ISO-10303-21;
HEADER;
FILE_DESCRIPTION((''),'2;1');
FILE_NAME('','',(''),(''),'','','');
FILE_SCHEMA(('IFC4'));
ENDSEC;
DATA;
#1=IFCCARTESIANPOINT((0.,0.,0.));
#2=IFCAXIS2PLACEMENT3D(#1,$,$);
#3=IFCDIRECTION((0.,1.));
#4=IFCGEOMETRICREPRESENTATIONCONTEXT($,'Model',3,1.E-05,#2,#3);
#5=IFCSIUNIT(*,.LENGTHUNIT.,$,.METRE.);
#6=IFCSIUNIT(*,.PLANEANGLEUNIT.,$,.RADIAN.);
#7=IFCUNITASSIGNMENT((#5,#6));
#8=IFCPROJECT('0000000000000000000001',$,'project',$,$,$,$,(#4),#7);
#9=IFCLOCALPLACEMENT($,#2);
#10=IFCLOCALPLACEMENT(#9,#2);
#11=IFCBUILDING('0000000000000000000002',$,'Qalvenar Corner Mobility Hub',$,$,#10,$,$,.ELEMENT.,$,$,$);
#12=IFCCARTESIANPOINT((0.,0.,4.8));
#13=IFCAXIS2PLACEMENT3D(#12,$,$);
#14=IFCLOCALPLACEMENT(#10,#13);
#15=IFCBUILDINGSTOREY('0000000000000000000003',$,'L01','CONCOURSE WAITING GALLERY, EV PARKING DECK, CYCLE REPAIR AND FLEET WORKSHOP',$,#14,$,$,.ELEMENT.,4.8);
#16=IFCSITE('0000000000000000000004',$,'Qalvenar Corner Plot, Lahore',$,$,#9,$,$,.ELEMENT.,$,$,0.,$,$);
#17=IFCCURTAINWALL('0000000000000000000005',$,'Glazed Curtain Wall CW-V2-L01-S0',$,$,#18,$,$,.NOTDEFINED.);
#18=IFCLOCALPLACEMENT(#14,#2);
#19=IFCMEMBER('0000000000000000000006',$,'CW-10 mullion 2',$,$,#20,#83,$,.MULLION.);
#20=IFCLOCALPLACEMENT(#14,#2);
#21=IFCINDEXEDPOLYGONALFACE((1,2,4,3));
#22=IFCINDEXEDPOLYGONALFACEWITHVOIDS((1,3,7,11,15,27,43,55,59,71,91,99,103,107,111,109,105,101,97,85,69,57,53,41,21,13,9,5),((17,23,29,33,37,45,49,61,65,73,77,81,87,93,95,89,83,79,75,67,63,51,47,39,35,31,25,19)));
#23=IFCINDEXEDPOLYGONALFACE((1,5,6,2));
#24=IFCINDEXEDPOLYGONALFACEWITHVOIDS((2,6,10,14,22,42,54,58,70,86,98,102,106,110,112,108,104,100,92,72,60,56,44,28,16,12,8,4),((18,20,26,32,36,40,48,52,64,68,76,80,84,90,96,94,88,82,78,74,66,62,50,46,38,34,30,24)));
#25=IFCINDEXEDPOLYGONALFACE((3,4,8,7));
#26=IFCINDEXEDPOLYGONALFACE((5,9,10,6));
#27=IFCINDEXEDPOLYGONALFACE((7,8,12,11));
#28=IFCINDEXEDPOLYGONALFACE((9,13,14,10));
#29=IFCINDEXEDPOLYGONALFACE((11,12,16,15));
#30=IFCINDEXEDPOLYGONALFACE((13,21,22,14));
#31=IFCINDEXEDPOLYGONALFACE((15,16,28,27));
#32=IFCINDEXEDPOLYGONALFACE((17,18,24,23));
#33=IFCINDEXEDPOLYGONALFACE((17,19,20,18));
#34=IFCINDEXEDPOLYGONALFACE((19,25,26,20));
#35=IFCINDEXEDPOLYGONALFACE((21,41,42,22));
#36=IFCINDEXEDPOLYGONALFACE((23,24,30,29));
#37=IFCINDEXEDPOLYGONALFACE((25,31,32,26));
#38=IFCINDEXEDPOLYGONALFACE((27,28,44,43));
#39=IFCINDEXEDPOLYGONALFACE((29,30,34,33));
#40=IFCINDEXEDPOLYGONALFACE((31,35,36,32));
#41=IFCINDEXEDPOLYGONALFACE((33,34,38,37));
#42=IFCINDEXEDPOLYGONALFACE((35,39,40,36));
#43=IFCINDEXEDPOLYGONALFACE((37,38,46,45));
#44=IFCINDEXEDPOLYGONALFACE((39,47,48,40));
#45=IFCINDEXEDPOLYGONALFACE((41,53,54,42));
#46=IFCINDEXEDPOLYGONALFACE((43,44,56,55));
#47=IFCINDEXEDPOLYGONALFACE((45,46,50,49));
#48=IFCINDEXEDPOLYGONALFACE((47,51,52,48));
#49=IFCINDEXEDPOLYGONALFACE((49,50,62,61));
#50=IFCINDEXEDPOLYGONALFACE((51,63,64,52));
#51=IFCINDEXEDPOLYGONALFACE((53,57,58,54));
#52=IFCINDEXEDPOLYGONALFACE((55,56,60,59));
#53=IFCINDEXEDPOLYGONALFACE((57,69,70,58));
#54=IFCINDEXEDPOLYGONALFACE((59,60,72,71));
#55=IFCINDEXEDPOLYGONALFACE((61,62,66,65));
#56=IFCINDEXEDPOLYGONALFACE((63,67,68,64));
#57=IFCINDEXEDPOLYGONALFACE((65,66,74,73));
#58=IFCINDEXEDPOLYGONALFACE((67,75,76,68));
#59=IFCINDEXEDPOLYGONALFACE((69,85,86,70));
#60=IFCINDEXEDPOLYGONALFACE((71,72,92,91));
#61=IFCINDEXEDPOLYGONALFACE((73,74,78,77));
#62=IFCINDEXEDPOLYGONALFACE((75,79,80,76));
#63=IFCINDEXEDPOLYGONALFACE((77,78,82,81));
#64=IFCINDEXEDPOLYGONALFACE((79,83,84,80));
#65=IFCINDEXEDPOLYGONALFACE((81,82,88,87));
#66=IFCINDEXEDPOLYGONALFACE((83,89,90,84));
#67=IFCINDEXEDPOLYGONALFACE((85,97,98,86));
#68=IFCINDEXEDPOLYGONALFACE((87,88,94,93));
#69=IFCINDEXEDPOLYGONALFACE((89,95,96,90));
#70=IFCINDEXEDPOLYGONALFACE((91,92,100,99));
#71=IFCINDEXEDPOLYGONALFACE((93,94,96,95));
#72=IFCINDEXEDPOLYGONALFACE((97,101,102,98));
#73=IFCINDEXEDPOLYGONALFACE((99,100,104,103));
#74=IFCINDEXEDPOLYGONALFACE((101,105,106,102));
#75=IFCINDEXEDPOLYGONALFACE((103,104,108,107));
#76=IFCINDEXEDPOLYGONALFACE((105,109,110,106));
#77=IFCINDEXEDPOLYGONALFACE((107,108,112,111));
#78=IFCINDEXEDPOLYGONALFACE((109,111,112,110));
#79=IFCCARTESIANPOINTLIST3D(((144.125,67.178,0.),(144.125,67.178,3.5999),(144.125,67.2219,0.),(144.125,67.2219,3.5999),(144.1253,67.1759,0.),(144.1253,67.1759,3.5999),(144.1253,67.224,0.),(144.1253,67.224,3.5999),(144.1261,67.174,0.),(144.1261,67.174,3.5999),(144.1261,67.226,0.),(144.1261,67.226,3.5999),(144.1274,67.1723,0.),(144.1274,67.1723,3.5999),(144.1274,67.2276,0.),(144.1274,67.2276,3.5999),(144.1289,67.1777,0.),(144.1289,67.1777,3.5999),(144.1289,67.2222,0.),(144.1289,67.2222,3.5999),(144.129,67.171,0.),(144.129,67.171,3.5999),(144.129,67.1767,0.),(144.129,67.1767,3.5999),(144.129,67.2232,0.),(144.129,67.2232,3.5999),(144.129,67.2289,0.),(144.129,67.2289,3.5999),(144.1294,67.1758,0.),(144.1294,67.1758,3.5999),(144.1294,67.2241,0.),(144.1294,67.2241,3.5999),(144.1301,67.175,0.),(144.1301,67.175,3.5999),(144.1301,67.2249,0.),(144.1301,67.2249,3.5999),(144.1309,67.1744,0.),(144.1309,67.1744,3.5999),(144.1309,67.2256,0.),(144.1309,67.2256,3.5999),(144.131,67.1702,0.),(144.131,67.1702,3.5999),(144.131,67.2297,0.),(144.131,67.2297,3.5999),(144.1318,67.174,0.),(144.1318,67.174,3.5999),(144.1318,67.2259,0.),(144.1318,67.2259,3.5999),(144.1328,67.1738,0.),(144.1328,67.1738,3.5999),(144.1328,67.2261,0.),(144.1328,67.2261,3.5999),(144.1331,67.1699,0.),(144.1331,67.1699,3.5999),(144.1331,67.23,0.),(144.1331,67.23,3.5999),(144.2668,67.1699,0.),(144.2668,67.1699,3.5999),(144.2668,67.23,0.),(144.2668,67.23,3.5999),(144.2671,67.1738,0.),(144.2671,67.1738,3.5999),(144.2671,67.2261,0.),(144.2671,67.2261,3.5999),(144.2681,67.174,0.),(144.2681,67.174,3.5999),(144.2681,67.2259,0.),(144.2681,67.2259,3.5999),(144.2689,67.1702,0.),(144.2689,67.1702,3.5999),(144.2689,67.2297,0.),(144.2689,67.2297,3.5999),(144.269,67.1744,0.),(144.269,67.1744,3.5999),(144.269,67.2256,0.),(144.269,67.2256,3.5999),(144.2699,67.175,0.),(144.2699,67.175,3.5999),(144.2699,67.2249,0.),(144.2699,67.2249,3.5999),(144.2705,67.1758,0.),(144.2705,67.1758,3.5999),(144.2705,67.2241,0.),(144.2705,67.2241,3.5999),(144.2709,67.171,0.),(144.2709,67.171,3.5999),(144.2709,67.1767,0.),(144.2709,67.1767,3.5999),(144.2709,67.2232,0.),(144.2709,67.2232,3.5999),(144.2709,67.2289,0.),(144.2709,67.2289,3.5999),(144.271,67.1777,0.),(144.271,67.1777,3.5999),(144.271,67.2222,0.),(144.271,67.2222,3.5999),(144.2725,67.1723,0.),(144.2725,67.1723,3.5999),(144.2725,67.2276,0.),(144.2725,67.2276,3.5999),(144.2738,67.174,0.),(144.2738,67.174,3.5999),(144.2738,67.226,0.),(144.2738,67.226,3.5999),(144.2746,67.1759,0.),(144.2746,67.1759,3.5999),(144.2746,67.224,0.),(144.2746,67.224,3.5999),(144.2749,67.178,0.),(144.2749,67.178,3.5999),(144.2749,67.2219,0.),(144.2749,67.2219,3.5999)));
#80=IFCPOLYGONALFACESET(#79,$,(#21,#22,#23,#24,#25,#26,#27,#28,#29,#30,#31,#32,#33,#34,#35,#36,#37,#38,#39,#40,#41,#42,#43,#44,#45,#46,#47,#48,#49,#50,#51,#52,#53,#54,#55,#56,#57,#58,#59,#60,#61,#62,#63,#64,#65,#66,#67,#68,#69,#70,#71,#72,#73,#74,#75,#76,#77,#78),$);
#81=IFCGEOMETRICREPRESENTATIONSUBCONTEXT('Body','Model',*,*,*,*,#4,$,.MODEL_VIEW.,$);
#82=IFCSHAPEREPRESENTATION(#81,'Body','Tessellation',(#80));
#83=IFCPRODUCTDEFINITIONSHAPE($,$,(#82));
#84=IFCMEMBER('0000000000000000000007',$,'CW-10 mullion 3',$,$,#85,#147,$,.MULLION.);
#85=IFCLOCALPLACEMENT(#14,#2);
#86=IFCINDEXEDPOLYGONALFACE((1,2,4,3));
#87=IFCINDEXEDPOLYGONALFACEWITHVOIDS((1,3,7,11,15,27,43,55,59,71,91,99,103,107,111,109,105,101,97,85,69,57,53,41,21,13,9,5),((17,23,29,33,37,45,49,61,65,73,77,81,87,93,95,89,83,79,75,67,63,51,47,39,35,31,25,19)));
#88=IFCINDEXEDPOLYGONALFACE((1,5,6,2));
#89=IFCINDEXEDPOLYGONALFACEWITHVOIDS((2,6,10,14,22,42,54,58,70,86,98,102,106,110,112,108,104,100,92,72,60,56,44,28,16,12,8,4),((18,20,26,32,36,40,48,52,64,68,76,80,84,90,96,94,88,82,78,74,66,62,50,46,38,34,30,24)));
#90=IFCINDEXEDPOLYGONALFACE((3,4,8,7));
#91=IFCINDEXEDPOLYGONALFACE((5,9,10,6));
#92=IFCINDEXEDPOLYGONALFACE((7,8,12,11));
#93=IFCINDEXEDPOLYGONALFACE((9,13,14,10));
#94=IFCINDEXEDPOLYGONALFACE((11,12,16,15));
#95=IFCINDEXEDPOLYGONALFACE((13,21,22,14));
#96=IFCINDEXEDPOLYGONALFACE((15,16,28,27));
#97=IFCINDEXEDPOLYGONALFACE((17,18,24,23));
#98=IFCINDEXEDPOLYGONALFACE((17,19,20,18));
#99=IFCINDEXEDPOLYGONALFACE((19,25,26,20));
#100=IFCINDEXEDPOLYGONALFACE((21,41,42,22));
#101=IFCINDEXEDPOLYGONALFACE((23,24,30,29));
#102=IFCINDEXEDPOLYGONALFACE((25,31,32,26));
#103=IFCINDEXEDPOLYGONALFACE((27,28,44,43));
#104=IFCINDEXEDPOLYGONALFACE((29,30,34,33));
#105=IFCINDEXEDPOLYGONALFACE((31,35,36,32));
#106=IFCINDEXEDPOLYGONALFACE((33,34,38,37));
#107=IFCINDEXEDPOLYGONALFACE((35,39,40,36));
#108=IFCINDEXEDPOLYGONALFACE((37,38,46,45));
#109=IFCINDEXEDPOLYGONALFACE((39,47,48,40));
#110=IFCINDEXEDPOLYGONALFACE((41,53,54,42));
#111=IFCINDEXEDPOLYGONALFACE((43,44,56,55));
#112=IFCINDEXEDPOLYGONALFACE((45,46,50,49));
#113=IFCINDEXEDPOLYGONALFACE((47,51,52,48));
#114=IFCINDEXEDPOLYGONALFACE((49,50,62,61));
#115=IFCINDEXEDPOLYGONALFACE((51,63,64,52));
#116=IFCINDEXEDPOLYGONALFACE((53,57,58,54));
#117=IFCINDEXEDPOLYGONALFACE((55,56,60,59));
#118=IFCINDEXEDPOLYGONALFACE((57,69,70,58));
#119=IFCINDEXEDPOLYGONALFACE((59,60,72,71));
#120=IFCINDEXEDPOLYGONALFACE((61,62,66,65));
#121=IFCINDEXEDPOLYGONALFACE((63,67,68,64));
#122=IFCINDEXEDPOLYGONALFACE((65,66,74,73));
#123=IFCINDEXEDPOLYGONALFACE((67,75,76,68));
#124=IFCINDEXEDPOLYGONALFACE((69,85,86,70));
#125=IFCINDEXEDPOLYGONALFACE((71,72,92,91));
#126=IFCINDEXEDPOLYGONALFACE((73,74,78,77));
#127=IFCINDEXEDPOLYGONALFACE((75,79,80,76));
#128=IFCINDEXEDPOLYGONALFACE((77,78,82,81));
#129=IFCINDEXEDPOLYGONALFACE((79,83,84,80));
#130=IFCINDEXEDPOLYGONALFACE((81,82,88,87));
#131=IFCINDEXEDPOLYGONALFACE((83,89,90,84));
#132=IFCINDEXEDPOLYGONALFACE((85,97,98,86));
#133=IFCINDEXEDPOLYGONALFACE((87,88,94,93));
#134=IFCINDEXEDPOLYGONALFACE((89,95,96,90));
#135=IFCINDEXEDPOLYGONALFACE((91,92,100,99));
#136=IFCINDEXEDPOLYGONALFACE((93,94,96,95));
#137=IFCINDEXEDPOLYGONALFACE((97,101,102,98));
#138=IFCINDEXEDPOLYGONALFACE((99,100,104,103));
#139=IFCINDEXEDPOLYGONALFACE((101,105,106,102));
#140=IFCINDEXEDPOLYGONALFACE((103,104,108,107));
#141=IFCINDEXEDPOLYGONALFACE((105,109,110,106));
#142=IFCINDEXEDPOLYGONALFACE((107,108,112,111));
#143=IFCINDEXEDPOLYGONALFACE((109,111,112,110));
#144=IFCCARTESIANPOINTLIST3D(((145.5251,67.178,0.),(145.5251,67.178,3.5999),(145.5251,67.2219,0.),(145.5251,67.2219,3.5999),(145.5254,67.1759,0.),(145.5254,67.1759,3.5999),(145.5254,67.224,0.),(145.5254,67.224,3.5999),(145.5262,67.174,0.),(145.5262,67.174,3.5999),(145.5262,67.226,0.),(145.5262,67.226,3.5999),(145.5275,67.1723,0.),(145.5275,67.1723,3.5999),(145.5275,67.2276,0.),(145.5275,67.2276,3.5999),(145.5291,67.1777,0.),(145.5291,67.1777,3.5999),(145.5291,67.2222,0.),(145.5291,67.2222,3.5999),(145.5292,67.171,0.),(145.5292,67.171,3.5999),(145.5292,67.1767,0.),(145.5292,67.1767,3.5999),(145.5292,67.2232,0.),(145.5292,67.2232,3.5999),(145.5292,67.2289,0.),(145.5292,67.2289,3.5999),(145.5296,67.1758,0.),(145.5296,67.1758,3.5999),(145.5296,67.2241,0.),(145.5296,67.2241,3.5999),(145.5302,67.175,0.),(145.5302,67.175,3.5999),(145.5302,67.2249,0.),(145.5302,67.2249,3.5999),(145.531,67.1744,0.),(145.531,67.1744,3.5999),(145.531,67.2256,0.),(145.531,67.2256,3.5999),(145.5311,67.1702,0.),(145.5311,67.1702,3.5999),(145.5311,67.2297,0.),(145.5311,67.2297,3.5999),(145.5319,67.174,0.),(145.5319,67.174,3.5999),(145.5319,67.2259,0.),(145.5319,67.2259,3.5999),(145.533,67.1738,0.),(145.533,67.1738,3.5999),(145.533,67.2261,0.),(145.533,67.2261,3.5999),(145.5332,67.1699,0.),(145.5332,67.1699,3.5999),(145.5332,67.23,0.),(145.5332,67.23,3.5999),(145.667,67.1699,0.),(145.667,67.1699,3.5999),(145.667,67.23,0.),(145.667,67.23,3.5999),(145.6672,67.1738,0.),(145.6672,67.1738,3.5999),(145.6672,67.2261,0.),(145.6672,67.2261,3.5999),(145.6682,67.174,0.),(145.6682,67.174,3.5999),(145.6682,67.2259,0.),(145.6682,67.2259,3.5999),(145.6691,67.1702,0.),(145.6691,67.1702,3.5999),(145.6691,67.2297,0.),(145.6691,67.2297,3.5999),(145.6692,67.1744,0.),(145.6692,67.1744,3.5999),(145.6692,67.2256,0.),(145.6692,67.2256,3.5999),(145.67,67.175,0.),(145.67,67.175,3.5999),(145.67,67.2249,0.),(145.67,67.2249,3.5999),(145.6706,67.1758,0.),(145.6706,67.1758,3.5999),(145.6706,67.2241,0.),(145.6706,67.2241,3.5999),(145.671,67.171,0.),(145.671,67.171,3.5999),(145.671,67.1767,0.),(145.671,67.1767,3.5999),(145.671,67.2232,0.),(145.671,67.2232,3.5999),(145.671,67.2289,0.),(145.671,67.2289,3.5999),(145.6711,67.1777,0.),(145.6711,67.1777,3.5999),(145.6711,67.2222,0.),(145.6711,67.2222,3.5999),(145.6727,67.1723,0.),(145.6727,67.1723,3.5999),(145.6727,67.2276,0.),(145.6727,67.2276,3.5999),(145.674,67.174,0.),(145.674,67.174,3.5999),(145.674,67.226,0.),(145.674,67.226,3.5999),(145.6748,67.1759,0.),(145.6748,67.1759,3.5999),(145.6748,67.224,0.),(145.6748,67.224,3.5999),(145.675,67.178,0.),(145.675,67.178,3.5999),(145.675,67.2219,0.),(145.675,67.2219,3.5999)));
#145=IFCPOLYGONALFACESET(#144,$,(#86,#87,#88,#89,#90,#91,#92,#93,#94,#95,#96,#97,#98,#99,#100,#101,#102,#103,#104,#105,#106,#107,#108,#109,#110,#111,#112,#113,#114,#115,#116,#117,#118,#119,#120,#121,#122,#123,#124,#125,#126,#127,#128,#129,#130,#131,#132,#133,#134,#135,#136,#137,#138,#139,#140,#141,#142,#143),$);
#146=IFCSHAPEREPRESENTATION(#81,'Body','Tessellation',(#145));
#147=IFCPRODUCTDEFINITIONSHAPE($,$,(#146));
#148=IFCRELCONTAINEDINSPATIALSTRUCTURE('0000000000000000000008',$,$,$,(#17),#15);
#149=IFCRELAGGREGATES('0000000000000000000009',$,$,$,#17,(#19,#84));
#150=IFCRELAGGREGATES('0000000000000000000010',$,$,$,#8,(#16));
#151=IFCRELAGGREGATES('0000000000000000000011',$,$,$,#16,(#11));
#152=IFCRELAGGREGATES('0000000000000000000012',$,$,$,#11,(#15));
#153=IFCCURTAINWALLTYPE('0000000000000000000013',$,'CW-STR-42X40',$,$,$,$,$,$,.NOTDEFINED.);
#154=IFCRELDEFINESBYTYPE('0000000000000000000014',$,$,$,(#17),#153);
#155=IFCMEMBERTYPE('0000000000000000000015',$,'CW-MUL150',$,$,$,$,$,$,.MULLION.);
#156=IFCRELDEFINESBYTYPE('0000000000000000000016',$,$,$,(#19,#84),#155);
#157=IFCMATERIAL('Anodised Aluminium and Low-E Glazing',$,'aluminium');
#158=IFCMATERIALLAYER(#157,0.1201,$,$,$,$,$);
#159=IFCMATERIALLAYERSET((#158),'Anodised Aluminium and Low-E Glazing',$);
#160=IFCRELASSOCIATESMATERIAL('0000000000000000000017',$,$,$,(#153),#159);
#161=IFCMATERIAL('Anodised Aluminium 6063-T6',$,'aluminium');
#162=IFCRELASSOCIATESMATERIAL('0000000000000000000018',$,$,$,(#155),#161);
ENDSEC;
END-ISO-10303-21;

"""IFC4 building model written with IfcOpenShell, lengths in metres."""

from ifc_helpers import new_model, si_unit, direction, frame, origin, origin_2d, place, context, subcontext, project, spatial, hollow_rectangle, extrude, material, layer, layer_set, material_profile, profile_set, type_object, element, aggregate, save


model = new_model("IFC4")

# Units and contexts
model_context = context("Model", 3, precision=1e-05, world=origin(), true_north=direction((0.0, 1.0)))
body_context = subcontext(model_context, "Body", "Model", "MODEL_VIEW")
ifc_project = project(units=[si_unit("LENGTHUNIT", "METRE"), si_unit("PLANEANGLEUNIT", "RADIAN")], contexts=[model_context])

# Site, building, storey
site_placement = place(None, origin())
site = spatial("IfcSite", under=ifc_project, at=site_placement, Name="Qalvenar Corner Plot, Lahore", CompositionType="ELEMENT", RefElevation=0.0)
building_placement = place(site_placement, origin())
building = spatial("IfcBuilding", under=site, at=building_placement, Name="Qalvenar Corner Mobility Hub", CompositionType="ELEMENT")
storey_placement = place(building_placement, frame((0.0, 0.0, 4.8)))
storey = spatial("IfcBuildingStorey", under=building, at=storey_placement, Name="L01", Description="CONCOURSE WAITING GALLERY, EV PARKING DECK, CYCLE REPAIR AND FLEET WORKSHOP", CompositionType="ELEMENT", Elevation=4.8)

# Curtain wall, members
ifc_material_1 = material(Name="Anodised Aluminium and Low-E Glazing", Category="aluminium")
ifc_layer_1 = layer(ifc_material_1, 0.1201)
ifc_layer_set_1 = layer_set([ifc_layer_1], Name="Anodised Aluminium and Low-E Glazing")
curtain_wall_type = type_object("IfcCurtainWallType", Name="CW-STR-42X40", PredefinedType="NOTDEFINED", material=ifc_layer_set_1)
curtain_wall_placement = place(storey_placement, origin())
curtain_wall = element("IfcCurtainWall", 1, at=curtain_wall_placement, inside=storey, type_object=curtain_wall_type, Name="Glazed Curtain Wall CW-V2-L01-S0", PredefinedType="NOTDEFINED")
ifc_material_2 = material(Name="Anodised Aluminium 6063-T6", Category="aluminium")
ifc_material_profile_1 = material_profile(ifc_material_2, hollow_rectangle(XDim=0.0601, YDim=0.1499, WallThickness=0.0039, InnerFilletRadius=0.0039, OuterFilletRadius=0.0081, at=origin_2d()), Name="RHS150x60x4")
ifc_profile_set_1 = profile_set([ifc_material_profile_1], Name="Anodised Aluminium 6063-T6")
member_type_1 = type_object("IfcMemberType", Name="CW-MUL150", PredefinedType="MULLION", material=ifc_profile_set_1)
member_1_placement = place(storey_placement, frame((144.2, 67.2, 0.0), z_axis=(0.0, 0.0, 1.0), x_axis=(0.0, 1.0, 0.0)))
member_1 = element("IfcMember", 2, at=member_1_placement, type_object=member_type_1, Name="CW-10 mullion 2", PredefinedType="MULLION", context=body_context, shape_type="SweptSolid", body=[
    extrude(hollow_rectangle(XDim=0.0601, YDim=0.1499, WallThickness=0.0039, InnerFilletRadius=0.0039, OuterFilletRadius=0.0081, at=origin_2d()), origin(), (0.0, 0.0, 1.0), 3.5999),
])
member_2_placement = place(storey_placement, frame((145.6001, 67.2, 0.0), z_axis=(0.0, 0.0, 1.0), x_axis=(0.0, 1.0, 0.0)))
member_2 = element("IfcMember", 3, at=member_2_placement, type_object=member_type_1, Name="CW-10 mullion 3", PredefinedType="MULLION", context=body_context, shape_type="SweptSolid", body=[
    extrude(hollow_rectangle(XDim=0.0601, YDim=0.1499, WallThickness=0.0039, InnerFilletRadius=0.0039, OuterFilletRadius=0.0081, at=origin_2d()), origin(), (0.0, 0.0, 1.0), 3.5999),
])
aggregate(curtain_wall, [member_1, member_2])

save(model, "model.ifc")
